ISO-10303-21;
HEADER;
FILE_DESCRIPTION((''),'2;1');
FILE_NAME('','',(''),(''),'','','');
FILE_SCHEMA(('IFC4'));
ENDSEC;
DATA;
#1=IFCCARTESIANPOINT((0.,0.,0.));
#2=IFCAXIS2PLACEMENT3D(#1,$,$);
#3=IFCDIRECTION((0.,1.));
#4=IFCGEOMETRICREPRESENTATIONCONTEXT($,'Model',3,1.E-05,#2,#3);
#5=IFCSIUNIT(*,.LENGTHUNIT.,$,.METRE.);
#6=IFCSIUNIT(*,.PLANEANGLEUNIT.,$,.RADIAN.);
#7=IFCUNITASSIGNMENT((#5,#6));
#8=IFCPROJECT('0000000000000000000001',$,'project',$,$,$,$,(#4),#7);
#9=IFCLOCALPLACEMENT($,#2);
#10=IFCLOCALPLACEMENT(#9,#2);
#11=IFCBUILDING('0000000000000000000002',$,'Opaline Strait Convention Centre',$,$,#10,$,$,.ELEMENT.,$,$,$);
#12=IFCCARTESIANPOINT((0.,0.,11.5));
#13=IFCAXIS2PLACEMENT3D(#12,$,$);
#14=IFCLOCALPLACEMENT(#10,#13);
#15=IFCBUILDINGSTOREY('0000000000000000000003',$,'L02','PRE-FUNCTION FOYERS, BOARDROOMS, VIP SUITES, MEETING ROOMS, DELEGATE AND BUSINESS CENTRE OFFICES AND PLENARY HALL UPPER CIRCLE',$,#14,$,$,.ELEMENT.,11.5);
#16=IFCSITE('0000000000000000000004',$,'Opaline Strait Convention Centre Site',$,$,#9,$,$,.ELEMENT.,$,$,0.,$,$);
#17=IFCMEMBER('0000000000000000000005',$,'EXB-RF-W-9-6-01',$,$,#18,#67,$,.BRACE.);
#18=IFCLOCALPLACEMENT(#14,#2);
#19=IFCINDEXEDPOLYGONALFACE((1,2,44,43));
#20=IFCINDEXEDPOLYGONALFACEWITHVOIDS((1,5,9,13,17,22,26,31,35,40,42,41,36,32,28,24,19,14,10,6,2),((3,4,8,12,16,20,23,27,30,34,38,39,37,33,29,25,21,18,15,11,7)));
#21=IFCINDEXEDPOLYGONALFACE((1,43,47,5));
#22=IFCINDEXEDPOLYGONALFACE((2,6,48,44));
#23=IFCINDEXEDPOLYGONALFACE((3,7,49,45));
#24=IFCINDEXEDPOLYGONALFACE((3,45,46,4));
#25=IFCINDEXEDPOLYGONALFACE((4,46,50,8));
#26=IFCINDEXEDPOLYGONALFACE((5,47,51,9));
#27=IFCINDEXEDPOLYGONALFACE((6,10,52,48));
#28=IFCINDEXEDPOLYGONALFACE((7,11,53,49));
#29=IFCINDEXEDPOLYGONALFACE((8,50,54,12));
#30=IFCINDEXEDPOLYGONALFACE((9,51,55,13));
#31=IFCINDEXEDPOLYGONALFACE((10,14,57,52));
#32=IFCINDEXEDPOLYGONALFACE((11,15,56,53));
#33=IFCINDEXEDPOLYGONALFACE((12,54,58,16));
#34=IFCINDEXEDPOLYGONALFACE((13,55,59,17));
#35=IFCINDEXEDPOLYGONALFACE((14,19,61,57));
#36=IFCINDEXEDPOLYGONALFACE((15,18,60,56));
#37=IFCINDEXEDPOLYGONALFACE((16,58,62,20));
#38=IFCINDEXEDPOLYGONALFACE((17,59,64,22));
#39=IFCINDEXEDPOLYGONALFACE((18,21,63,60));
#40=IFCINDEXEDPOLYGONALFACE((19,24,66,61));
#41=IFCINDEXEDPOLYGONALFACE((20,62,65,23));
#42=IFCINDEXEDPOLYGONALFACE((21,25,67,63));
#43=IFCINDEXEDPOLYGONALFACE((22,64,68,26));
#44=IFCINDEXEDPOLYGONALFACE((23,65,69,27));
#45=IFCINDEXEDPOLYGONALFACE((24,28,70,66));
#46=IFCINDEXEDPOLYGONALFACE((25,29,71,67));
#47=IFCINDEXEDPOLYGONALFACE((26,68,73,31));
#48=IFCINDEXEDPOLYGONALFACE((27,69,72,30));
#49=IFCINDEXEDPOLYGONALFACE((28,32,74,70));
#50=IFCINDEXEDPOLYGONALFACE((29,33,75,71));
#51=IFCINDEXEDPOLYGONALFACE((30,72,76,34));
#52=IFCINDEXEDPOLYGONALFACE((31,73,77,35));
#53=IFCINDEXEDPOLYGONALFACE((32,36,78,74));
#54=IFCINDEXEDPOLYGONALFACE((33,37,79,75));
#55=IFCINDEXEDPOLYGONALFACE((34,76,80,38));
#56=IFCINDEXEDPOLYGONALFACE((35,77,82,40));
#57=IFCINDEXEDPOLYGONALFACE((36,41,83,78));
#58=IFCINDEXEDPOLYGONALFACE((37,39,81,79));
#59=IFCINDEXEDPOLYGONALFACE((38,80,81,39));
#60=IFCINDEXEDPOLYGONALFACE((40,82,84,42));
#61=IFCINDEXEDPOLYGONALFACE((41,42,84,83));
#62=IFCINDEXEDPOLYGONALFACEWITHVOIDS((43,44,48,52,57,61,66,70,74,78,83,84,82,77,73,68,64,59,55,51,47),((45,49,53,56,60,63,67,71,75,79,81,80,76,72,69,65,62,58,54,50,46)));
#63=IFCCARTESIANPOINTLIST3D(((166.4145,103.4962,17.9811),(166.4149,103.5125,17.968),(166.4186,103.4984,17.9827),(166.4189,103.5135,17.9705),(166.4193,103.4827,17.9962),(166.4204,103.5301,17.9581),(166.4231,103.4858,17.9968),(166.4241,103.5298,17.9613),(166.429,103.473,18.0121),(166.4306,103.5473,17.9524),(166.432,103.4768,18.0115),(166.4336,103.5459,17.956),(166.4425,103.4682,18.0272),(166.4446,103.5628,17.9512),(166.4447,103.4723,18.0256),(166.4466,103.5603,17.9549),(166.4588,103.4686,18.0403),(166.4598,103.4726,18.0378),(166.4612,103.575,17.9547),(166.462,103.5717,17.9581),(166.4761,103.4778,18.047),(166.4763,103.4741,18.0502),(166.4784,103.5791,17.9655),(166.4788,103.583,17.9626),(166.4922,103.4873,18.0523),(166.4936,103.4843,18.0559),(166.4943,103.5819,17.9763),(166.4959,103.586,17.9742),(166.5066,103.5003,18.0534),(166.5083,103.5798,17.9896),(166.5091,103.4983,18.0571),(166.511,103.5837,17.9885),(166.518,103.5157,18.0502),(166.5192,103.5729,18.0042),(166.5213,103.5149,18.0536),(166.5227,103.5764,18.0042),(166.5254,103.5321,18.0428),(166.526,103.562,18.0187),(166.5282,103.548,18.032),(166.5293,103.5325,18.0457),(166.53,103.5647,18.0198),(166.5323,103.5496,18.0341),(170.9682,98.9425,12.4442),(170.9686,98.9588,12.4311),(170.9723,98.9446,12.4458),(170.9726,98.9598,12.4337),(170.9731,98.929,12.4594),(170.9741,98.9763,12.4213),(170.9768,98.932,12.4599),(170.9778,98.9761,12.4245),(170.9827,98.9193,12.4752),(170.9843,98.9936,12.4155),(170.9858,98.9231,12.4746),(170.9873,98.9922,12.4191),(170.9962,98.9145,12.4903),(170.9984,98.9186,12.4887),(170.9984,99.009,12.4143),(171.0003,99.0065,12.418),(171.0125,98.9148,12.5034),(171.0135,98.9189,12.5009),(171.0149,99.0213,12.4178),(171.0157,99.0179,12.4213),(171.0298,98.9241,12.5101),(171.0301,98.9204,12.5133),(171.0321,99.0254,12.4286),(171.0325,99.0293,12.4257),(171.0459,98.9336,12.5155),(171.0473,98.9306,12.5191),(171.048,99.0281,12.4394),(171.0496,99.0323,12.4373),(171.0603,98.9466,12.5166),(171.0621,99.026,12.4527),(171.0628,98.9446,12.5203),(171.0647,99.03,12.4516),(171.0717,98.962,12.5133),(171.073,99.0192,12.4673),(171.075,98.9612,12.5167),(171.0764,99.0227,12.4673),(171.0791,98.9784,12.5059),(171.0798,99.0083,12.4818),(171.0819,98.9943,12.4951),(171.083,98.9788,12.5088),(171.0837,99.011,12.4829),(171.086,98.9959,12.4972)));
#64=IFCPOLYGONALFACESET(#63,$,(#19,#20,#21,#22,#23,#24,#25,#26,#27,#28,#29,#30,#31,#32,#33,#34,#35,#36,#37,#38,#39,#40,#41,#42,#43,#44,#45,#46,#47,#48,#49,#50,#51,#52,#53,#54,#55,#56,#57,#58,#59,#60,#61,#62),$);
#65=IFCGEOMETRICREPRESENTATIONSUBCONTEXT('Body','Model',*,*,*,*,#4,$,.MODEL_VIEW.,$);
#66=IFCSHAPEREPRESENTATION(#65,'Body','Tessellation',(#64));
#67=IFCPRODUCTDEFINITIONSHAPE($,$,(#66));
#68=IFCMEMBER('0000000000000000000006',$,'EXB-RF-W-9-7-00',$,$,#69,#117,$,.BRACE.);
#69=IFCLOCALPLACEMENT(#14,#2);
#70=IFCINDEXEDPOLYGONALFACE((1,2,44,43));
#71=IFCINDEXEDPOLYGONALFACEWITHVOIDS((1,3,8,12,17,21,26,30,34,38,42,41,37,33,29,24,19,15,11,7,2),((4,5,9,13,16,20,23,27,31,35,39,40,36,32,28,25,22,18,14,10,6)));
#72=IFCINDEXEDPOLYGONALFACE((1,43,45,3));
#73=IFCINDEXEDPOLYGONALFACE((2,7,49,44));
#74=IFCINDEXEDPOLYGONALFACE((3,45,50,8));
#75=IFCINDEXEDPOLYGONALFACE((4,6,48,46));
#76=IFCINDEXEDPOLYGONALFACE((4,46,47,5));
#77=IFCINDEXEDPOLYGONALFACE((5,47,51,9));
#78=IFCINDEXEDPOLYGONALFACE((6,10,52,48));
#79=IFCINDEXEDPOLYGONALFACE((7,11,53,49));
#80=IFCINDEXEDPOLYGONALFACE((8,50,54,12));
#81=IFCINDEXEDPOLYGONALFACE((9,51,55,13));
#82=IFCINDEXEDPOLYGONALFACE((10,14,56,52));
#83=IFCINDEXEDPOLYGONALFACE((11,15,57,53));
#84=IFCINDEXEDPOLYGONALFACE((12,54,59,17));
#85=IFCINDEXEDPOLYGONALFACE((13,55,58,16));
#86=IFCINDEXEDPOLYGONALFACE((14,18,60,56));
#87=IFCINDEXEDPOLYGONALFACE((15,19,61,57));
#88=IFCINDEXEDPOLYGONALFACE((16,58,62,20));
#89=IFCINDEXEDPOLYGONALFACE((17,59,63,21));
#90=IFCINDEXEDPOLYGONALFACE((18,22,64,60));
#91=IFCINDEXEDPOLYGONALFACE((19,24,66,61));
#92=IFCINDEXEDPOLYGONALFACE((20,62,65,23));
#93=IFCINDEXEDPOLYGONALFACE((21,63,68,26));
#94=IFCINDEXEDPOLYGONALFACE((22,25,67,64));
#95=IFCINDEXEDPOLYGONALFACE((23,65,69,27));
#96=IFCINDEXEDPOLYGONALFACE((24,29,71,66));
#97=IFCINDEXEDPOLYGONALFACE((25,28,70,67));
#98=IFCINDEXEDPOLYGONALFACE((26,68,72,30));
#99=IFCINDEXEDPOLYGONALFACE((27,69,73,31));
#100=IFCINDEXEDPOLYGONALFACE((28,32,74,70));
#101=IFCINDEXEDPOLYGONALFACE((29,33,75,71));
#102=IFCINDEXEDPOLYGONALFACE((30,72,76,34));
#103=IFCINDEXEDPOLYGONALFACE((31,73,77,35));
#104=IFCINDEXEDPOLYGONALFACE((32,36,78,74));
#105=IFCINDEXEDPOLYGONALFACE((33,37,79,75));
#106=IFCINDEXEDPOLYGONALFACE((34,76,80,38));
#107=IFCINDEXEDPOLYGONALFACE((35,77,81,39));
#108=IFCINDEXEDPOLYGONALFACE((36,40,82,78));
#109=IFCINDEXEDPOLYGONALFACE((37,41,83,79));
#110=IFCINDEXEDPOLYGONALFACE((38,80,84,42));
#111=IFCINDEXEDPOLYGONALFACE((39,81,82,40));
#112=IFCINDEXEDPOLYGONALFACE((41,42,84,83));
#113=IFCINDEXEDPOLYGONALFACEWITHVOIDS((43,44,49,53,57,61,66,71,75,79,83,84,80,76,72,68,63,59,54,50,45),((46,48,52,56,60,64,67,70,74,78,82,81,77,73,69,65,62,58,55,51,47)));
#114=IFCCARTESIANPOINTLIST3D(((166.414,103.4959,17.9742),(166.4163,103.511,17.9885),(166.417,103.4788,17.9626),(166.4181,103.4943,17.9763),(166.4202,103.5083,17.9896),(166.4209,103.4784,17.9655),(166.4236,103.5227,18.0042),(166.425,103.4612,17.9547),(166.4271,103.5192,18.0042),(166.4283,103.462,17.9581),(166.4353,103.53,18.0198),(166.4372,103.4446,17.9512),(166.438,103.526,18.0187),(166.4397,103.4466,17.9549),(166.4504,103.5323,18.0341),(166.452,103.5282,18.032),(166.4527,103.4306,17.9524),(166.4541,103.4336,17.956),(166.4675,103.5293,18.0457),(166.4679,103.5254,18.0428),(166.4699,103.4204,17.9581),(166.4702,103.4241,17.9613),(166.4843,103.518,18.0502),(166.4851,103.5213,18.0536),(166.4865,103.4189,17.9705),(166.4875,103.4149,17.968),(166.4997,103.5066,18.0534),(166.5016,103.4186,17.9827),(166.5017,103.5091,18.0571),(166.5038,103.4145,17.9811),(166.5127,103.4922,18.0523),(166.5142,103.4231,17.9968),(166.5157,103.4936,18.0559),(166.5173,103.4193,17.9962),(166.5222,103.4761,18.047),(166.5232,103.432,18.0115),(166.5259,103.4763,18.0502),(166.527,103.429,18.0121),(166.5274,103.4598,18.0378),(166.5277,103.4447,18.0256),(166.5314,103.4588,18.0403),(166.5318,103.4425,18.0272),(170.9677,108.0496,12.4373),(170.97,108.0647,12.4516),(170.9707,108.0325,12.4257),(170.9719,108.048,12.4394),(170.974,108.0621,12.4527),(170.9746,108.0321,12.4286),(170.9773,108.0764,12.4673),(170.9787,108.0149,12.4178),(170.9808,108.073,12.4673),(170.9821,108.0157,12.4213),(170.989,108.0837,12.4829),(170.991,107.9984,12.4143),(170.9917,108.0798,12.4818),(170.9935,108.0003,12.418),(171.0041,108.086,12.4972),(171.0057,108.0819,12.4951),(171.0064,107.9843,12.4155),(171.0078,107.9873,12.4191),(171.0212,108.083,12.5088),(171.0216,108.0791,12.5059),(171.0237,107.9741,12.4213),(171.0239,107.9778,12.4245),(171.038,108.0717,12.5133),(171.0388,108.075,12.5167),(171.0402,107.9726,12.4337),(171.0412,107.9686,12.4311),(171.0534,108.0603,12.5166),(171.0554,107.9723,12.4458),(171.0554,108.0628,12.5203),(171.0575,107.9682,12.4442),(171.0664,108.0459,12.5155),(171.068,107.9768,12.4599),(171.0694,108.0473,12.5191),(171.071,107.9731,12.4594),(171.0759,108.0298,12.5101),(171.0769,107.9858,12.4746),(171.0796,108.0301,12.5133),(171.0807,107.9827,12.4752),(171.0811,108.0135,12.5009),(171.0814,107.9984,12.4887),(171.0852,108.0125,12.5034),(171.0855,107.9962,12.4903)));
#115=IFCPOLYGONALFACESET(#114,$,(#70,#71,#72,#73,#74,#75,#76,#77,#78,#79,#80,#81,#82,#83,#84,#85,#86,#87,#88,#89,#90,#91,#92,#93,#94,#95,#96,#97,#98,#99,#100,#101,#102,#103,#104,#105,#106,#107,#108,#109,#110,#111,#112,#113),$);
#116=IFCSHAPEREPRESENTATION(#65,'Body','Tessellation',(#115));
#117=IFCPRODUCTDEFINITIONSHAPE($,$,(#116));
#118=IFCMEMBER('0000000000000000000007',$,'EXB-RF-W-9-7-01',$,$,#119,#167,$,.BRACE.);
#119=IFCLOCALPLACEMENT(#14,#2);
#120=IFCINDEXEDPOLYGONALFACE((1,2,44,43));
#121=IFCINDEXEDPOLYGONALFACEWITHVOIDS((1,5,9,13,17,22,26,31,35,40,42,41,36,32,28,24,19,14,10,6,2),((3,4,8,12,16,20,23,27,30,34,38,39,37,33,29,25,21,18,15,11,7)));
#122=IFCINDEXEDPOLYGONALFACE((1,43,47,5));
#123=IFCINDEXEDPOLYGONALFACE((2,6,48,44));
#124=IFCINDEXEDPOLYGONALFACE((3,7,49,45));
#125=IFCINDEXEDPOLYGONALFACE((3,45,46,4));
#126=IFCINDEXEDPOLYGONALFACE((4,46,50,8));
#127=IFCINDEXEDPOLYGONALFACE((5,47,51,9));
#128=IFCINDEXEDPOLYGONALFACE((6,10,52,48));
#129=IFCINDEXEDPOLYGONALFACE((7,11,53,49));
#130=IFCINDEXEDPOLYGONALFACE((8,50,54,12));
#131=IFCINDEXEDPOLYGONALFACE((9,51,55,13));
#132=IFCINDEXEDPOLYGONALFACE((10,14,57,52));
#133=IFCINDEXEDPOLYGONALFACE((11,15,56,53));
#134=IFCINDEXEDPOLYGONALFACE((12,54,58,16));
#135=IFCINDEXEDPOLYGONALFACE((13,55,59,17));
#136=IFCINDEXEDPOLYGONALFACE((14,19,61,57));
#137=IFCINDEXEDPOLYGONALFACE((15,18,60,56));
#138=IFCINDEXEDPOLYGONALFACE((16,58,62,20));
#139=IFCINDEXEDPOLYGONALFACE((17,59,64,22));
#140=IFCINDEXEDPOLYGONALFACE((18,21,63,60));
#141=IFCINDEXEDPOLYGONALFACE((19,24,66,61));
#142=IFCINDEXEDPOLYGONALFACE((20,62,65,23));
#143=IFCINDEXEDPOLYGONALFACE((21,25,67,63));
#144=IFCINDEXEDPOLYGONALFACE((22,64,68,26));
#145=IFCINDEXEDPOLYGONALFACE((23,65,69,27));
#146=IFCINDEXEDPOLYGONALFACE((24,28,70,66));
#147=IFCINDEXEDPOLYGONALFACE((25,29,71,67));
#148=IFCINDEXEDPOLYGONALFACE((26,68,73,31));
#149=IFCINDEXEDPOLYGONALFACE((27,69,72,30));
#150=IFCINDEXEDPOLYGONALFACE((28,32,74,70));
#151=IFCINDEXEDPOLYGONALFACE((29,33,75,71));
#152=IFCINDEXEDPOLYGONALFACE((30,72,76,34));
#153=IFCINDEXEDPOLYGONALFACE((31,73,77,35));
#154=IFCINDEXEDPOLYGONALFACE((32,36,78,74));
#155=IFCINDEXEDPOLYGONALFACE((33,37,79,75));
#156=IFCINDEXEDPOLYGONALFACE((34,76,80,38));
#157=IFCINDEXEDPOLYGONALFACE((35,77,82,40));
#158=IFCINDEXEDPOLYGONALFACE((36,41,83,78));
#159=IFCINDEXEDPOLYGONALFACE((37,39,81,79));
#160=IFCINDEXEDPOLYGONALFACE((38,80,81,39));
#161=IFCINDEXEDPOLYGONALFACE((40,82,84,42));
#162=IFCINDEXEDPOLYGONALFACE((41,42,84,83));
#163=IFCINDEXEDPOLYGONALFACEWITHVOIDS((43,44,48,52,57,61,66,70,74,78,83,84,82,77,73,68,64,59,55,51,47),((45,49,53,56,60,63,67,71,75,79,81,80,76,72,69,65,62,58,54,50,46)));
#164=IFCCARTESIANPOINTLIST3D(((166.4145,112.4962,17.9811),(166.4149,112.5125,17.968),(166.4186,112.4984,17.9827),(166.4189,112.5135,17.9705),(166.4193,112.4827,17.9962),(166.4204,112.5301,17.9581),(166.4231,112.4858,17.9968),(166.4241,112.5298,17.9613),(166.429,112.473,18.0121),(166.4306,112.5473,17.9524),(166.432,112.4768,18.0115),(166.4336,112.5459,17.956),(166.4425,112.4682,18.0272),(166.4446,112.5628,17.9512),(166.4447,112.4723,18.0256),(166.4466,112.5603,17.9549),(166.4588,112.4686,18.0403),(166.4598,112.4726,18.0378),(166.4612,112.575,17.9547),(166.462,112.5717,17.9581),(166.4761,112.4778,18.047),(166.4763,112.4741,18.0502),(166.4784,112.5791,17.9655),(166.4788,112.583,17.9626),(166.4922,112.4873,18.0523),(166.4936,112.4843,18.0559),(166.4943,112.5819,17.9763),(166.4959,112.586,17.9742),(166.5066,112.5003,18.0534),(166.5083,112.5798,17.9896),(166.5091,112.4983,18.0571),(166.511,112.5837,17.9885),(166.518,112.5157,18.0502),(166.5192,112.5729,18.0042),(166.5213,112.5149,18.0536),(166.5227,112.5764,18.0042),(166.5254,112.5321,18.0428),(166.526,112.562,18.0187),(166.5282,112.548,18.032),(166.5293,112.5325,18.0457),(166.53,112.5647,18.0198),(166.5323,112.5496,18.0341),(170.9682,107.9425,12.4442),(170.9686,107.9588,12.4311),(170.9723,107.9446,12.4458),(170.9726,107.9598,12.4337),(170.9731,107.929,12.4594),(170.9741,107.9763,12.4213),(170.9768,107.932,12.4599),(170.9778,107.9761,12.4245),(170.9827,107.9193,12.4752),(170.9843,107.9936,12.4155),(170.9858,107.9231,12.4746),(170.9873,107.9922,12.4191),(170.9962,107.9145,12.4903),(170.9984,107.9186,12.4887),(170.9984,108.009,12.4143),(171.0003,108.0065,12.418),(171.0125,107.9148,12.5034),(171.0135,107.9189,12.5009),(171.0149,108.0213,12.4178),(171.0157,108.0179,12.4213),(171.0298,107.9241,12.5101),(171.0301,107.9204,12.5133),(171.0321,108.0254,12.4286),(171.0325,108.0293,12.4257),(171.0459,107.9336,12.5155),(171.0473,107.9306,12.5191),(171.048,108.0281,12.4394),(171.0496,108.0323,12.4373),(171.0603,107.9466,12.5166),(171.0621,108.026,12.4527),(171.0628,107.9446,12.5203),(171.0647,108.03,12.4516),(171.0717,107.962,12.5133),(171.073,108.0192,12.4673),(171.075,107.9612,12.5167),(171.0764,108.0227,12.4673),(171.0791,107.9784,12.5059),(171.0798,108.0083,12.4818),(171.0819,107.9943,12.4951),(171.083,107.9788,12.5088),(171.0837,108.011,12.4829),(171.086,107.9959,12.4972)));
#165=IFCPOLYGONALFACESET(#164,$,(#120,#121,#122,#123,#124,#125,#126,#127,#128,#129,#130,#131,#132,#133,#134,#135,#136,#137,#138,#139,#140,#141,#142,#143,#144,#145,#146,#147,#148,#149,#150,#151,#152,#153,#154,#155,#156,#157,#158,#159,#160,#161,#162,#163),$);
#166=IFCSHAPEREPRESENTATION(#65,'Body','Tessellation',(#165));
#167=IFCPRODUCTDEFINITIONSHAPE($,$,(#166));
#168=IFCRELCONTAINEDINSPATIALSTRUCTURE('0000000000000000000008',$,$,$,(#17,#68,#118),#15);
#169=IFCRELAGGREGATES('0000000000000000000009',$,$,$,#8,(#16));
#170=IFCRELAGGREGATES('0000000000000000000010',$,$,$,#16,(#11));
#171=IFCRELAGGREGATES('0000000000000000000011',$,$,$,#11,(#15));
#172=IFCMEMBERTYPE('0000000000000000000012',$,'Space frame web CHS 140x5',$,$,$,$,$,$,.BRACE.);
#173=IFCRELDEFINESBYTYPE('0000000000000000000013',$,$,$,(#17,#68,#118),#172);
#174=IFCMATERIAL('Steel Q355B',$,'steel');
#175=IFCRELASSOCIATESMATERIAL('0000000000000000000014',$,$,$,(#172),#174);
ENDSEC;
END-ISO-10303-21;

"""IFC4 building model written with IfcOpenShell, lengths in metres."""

from ifc_helpers import new_model, si_unit, direction, frame, origin, origin_2d, place, context, subcontext, project, spatial, hollow_circle, extrude, material, material_profile, profile_set, type_object, element, save


model = new_model("IFC4")

# Units and contexts
model_context = context("Model", 3, precision=1e-05, world=origin(), true_north=direction((0.0, 1.0)))
body_context = subcontext(model_context, "Body", "Model", "MODEL_VIEW")
ifc_project = project(units=[si_unit("LENGTHUNIT", "METRE"), si_unit("PLANEANGLEUNIT", "RADIAN")], contexts=[model_context])

# Site, building, storey
site_placement = place(None, origin())
site = spatial("IfcSite", under=ifc_project, at=site_placement, Name="Opaline Strait Convention Centre Site", CompositionType="ELEMENT", RefElevation=0.0)
building_placement = place(site_placement, origin())
building = spatial("IfcBuilding", under=site, at=building_placement, Name="Opaline Strait Convention Centre", CompositionType="ELEMENT")
storey_placement = place(building_placement, frame((0.0, 0.0, 11.5)))
storey = spatial("IfcBuildingStorey", under=building, at=storey_placement, Name="L02", Description="PRE-FUNCTION FOYERS, BOARDROOMS, VIP SUITES, MEETING ROOMS, DELEGATE AND BUSINESS CENTRE OFFICES AND PLENARY HALL UPPER CIRCLE", CompositionType="ELEMENT", Elevation=11.5)

# Members
ifc_material = material(Name="Steel Q355B", Category="steel")
ifc_material_profile_1 = material_profile(ifc_material, hollow_circle(Radius=0.0701, WallThickness=0.0049, at=origin_2d()), Name="CHS 140x5")
ifc_profile_set_1 = profile_set([ifc_material_profile_1], Name="Steel Q355B")
member_type_1 = type_object("IfcMemberType", Name="Space frame web CHS 140x5", PredefinedType="BRACE", material=ifc_profile_set_1)
for number, where, z_axis, x_axis, name in (
    (1, (166.4731, 103.5269, 18.0042), (0.536178, -0.536178, -0.65194), (0.707107, 0.707107, 0.0), "EXB-RF-W-9-6-01"),
    (2, (166.4731, 103.4731, 18.0042), (0.536178, 0.536178, -0.65194), (-0.707107, 0.707107, 0.0), "EXB-RF-W-9-7-00"),
    (3, (166.4731, 112.5269, 18.0042), (0.536178, -0.536178, -0.65194), (0.707107, 0.707107, 0.0), "EXB-RF-W-9-7-01"),
):
    element("IfcMember", number, at=place(storey_placement, frame(where, z_axis=z_axis, x_axis=x_axis)), inside=storey, type_object=member_type_1, Name=name, PredefinedType="BRACE", context=body_context, shape_type="SweptSolid", body=[
        extrude(hollow_circle(Radius=0.0701, WallThickness=0.0049, at=origin_2d()), origin(), (0.0, 0.0, 1.0), 8.4929),
    ])

save(model, "model.ifc")
